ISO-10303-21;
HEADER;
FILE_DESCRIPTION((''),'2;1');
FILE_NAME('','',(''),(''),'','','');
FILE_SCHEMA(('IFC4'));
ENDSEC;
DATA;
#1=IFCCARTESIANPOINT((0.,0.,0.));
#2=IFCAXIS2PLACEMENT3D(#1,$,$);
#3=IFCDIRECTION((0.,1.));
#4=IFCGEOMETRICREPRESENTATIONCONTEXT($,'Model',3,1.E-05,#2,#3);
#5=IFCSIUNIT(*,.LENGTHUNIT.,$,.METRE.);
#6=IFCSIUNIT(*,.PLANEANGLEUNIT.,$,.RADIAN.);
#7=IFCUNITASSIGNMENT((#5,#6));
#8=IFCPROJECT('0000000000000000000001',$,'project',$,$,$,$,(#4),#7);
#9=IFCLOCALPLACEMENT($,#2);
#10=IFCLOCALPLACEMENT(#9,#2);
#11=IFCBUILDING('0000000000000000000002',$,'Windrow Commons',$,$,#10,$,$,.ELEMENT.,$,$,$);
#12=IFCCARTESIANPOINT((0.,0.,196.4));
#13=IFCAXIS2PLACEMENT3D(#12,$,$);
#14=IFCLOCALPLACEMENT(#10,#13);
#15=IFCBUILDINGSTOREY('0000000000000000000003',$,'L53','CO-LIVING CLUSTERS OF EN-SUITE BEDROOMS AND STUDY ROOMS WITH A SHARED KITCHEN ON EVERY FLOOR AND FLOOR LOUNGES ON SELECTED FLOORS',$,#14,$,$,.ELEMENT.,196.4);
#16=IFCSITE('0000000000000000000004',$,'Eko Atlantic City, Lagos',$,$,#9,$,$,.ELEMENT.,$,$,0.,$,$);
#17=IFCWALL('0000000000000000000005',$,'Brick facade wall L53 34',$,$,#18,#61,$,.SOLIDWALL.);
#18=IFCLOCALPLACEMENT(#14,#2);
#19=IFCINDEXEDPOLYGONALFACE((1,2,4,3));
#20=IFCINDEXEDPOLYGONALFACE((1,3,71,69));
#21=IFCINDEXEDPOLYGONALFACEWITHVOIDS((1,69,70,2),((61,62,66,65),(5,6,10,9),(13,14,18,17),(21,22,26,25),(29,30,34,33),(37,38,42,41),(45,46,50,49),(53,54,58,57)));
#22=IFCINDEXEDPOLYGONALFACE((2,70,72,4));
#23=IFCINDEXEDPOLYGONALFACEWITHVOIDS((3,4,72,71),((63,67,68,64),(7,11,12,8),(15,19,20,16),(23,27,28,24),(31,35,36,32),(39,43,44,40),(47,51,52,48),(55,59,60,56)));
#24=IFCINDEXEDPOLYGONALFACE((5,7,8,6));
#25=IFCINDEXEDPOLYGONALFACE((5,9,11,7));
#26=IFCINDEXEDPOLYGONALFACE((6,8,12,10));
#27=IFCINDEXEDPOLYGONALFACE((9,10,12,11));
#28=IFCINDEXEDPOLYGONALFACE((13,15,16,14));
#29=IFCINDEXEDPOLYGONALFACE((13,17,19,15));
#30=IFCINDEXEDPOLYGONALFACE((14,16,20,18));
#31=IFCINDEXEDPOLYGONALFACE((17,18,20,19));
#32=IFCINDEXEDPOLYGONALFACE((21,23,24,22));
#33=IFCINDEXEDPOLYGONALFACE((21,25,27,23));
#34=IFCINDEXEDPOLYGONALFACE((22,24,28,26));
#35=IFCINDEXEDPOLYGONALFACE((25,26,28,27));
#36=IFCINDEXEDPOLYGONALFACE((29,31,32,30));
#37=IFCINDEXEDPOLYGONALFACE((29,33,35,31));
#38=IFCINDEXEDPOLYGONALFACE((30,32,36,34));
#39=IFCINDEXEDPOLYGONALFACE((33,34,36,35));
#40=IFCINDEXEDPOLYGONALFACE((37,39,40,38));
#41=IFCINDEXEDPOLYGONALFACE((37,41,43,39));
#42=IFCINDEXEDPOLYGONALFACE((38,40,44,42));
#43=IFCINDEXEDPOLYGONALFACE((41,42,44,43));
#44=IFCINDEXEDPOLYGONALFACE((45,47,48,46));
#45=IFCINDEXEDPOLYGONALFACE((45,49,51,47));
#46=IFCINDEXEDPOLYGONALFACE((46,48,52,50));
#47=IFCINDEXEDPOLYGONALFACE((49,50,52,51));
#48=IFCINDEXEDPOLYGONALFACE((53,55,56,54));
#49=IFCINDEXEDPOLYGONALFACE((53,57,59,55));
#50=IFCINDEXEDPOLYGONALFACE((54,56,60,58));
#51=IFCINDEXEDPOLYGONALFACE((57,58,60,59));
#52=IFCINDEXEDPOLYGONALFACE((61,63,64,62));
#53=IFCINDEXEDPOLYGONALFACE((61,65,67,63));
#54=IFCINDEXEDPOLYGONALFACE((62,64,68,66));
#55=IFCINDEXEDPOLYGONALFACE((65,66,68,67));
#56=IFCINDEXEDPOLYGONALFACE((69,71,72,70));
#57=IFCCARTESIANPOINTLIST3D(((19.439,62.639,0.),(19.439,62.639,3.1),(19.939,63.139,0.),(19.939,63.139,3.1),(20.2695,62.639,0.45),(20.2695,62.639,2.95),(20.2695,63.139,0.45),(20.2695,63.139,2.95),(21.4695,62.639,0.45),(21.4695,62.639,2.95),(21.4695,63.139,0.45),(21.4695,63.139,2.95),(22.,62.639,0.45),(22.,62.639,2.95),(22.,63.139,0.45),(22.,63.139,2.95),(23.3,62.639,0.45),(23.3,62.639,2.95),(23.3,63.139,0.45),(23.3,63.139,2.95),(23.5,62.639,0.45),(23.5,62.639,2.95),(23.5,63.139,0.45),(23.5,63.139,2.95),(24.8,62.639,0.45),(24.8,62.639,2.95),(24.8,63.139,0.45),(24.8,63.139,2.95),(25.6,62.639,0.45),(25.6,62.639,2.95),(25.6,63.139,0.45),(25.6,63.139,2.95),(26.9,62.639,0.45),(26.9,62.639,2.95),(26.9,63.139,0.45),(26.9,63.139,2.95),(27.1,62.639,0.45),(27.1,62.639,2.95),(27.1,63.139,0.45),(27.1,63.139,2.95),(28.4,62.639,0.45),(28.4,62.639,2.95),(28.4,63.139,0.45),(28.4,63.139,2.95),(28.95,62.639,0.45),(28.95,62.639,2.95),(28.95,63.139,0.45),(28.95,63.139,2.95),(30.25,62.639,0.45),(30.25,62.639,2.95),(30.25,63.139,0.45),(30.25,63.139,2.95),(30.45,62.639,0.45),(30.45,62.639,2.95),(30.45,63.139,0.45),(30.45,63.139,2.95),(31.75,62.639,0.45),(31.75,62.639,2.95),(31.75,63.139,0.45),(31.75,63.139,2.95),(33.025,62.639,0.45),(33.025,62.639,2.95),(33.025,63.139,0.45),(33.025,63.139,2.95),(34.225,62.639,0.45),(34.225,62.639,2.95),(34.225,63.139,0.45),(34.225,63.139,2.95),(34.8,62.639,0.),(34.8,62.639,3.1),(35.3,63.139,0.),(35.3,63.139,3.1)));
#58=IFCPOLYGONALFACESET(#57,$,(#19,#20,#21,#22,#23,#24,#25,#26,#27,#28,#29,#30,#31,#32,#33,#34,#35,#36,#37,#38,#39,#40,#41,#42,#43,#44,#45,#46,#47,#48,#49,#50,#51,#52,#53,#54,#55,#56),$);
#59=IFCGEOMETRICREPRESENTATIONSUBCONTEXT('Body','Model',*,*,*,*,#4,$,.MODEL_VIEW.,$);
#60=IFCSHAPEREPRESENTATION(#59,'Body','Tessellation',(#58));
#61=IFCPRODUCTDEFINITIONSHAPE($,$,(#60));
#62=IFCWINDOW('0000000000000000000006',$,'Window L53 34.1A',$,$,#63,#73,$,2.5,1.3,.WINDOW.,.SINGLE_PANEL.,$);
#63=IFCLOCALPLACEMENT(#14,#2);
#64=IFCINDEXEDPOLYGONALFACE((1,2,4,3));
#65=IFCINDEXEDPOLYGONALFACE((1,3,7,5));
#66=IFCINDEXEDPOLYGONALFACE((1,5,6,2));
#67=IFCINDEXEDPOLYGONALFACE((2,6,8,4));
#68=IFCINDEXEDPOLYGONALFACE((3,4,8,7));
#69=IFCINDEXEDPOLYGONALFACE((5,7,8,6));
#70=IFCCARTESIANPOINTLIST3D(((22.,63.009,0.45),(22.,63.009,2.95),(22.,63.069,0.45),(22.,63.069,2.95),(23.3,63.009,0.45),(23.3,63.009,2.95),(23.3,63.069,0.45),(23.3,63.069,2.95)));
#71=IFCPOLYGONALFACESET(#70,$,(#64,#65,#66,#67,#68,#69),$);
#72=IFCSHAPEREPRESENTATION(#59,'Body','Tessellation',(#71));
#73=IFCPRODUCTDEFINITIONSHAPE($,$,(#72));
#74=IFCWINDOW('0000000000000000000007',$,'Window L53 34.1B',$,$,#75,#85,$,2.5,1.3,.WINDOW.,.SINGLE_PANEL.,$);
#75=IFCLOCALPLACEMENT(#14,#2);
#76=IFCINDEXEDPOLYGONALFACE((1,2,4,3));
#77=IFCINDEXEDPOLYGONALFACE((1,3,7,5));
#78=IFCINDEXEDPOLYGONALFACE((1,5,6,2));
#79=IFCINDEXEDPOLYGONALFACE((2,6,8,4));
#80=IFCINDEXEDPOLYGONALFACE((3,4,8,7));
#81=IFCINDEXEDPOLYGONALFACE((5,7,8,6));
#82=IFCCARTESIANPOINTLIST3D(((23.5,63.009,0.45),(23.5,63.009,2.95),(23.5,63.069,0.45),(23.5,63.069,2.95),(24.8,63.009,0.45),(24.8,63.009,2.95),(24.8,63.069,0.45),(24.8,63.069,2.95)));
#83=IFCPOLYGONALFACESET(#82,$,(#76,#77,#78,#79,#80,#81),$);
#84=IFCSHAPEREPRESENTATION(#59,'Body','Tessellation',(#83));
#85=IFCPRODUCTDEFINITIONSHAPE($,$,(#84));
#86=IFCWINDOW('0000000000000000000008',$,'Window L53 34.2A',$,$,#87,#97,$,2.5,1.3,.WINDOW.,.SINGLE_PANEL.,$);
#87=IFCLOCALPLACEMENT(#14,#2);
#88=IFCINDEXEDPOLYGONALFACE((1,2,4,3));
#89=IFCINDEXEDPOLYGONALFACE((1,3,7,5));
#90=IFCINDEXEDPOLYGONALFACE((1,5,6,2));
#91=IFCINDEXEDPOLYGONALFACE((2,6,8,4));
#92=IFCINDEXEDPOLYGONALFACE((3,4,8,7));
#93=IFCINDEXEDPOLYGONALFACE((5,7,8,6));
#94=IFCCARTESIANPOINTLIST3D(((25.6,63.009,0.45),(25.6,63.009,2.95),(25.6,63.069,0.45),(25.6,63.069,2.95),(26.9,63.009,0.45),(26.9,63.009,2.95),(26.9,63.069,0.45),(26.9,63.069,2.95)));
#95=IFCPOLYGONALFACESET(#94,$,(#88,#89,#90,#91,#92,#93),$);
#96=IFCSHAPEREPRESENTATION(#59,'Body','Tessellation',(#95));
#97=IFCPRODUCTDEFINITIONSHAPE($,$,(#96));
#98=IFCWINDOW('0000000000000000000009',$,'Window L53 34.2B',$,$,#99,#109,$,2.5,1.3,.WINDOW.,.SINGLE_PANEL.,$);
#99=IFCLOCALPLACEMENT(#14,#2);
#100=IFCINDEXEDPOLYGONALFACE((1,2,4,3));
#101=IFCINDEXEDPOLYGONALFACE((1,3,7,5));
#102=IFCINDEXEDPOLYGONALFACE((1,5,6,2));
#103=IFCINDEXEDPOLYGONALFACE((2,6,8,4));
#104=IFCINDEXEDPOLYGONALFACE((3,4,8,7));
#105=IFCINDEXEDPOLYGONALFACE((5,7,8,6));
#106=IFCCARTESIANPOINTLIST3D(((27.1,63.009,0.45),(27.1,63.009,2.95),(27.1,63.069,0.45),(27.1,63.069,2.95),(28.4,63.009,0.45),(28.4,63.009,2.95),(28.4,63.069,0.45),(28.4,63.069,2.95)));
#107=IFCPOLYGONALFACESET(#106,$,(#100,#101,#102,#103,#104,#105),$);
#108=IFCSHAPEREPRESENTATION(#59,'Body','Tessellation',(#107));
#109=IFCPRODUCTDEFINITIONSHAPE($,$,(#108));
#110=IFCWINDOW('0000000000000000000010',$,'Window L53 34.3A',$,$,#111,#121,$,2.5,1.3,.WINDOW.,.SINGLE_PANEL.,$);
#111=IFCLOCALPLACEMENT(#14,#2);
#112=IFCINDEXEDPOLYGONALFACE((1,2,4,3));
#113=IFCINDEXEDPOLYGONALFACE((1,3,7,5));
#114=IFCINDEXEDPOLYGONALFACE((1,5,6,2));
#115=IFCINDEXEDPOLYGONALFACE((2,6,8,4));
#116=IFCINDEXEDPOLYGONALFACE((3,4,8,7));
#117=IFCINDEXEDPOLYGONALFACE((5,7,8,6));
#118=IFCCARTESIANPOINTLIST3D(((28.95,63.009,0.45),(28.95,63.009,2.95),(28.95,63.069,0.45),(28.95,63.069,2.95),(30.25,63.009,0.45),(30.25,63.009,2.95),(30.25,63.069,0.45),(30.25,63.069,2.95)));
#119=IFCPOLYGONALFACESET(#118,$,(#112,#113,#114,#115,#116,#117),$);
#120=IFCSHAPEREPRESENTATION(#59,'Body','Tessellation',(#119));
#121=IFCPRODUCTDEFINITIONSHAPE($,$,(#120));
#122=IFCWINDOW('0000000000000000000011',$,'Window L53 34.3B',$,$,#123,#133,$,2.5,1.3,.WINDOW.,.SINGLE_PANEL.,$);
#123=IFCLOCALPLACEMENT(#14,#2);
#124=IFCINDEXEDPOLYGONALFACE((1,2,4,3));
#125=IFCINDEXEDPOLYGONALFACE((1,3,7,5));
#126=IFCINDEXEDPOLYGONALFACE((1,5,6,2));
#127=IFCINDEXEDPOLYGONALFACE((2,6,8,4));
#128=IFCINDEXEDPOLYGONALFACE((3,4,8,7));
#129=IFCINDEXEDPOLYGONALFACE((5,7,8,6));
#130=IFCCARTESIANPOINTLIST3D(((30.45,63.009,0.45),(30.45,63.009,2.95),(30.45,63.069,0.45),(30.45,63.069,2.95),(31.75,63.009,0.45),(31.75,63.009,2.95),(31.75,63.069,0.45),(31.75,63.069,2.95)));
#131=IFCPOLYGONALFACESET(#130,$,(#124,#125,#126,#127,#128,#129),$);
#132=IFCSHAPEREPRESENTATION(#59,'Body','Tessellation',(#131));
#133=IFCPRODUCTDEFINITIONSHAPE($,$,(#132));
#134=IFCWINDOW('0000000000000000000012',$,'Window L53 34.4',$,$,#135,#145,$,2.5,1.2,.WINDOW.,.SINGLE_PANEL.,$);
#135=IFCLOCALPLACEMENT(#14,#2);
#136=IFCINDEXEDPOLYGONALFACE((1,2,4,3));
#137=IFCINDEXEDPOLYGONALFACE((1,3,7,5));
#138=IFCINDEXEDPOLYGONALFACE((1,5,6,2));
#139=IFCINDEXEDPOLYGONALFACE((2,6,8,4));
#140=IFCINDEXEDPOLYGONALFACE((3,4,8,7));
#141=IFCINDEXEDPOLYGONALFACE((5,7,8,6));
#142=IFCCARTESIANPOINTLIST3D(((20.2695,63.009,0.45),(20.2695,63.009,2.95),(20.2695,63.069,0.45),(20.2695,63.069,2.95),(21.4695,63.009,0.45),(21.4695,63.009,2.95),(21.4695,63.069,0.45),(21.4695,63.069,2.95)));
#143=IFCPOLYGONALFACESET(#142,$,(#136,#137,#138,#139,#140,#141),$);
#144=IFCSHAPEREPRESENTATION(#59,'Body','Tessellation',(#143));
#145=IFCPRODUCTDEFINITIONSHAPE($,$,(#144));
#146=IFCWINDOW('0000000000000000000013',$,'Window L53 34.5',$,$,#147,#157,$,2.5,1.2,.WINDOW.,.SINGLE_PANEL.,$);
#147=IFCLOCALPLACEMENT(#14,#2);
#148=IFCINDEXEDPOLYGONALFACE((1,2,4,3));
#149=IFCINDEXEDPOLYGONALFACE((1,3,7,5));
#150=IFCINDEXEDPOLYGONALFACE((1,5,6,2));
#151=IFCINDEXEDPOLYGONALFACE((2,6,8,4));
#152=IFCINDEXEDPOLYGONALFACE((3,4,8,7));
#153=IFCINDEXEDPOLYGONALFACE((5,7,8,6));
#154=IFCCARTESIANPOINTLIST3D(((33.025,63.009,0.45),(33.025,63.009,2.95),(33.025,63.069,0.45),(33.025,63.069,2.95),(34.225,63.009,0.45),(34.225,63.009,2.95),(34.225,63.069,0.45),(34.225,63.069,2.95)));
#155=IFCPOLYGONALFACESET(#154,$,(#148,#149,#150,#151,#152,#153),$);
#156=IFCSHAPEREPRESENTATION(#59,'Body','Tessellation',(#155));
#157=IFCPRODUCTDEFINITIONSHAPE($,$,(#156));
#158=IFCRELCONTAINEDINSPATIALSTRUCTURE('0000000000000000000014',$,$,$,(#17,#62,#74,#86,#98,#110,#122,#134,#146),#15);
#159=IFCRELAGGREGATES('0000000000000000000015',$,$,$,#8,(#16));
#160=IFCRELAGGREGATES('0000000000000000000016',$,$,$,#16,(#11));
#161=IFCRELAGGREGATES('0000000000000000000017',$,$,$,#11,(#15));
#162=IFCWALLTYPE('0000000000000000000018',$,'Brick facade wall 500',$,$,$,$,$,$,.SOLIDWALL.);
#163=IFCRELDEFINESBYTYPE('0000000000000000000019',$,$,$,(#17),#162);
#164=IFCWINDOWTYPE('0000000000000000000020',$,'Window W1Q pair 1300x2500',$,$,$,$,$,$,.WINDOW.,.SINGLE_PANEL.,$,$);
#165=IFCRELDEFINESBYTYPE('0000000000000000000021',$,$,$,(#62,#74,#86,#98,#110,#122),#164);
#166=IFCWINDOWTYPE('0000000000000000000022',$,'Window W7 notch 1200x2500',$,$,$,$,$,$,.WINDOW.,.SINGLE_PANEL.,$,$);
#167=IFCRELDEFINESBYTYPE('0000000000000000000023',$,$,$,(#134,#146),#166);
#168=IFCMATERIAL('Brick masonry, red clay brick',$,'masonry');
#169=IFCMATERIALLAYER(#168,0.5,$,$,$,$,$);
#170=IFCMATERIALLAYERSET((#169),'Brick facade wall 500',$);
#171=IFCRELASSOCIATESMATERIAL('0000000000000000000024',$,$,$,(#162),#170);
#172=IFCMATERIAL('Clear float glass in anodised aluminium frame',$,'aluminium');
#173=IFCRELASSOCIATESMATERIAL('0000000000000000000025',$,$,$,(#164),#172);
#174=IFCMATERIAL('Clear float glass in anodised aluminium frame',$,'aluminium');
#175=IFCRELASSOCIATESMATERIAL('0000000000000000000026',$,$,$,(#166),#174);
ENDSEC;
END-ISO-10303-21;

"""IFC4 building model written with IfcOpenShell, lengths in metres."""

from ifc_helpers import new_model, si_unit, direction, frame, frame_2d, origin, place, context, subcontext, project, spatial, polyline, rectangle, outline, extrude, material, layer, layer_set, type_object, element, fill, save


model = new_model("IFC4")

# Units and contexts
model_context = context("Model", 3, precision=1e-05, world=origin(), true_north=direction((0.0, 1.0)))
body_context = subcontext(model_context, "Body", "Model", "MODEL_VIEW")
ifc_project = project(units=[si_unit("LENGTHUNIT", "METRE"), si_unit("PLANEANGLEUNIT", "RADIAN")], contexts=[model_context])

# Site, building, storey
site_placement = place(None, origin())
site = spatial("IfcSite", under=ifc_project, at=site_placement, Name="Eko Atlantic City, Lagos", CompositionType="ELEMENT", RefElevation=0.0)
building_placement = place(site_placement, origin())
building = spatial("IfcBuilding", under=site, at=building_placement, Name="Windrow Commons", CompositionType="ELEMENT")
storey_placement = place(building_placement, frame((0.0, 0.0, 196.4)))
storey = spatial("IfcBuildingStorey", under=building, at=storey_placement, Name="L53", Description="CO-LIVING CLUSTERS OF EN-SUITE BEDROOMS AND STUDY ROOMS WITH A SHARED KITCHEN ON EVERY FLOOR AND FLOOR LOUNGES ON SELECTED FLOORS", CompositionType="ELEMENT", Elevation=196.4)

# Wall, openings, windows
ifc_material_1 = material(Name="Brick masonry, red clay brick", Category="masonry")
ifc_layer_1 = layer(ifc_material_1, 0.5)
ifc_layer_set_1 = layer_set([ifc_layer_1], Name="Brick facade wall 500")
wall_type_1 = type_object("IfcWallType", Name="Brick facade wall 500", PredefinedType="SOLIDWALL", material=ifc_layer_set_1)
wall_1_placement = place(storey_placement, frame((19.689, 62.889, 0.0), z_axis=(0.0, 0.0, 1.0), x_axis=(1.0, 0.0, 0.0)))
wall_1 = element("IfcWall", 1, at=wall_1_placement, inside=storey, type_object=wall_type_1, Name="Brick facade wall L53 34", PredefinedType="SOLIDWALL", context=body_context, shape_type="SweptSolid", body=[
    extrude(outline(polyline([(-0.25, -0.25), (15.111, -0.25), (15.611, 0.25), (0.25, 0.25), (-0.25, -0.25)])), origin(), (0.0, 0.0, 1.0), 3.1),
])
opening_1_placement = place(wall_1_placement, frame((2.311, 0.0, 0.45)))
opening_1 = element("IfcOpeningElement", 2, at=opening_1_placement, cuts=wall_1, PredefinedType="OPENING", context=body_context, shape_type="SweptSolid", body=[
    extrude(rectangle(XDim=1.3, YDim=2.5, at=frame_2d((0.65, 1.25))), frame((0.0, 0.26, 0.0), z_axis=(0.0, -1.0, 0.0), x_axis=(1.0, 0.0, 0.0)), (0.0, 0.0, 1.0), 0.52),
])
opening_2_placement = place(wall_1_placement, frame((3.811, 0.0, 0.45)))
opening_2 = element("IfcOpeningElement", 3, at=opening_2_placement, cuts=wall_1, PredefinedType="OPENING", context=body_context, shape_type="SweptSolid", body=[
    extrude(rectangle(XDim=1.3, YDim=2.5, at=frame_2d((0.65, 1.25))), frame((0.0, 0.26, 0.0), z_axis=(0.0, -1.0, 0.0), x_axis=(1.0, 0.0, 0.0)), (0.0, 0.0, 1.0), 0.52),
])
opening_3_placement = place(wall_1_placement, frame((5.911, 0.0, 0.45)))
opening_3 = element("IfcOpeningElement", 4, at=opening_3_placement, cuts=wall_1, PredefinedType="OPENING", context=body_context, shape_type="SweptSolid", body=[
    extrude(rectangle(XDim=1.3, YDim=2.5, at=frame_2d((0.65, 1.25))), frame((0.0, 0.26, 0.0), z_axis=(0.0, -1.0, 0.0), x_axis=(1.0, 0.0, 0.0)), (0.0, 0.0, 1.0), 0.52),
])
opening_4_placement = place(wall_1_placement, frame((7.411, 0.0, 0.45)))
opening_4 = element("IfcOpeningElement", 5, at=opening_4_placement, cuts=wall_1, PredefinedType="OPENING", context=body_context, shape_type="SweptSolid", body=[
    extrude(rectangle(XDim=1.3, YDim=2.5, at=frame_2d((0.65, 1.25))), frame((0.0, 0.26, 0.0), z_axis=(0.0, -1.0, 0.0), x_axis=(1.0, 0.0, 0.0)), (0.0, 0.0, 1.0), 0.52),
])
opening_5_placement = place(wall_1_placement, frame((9.261, 0.0, 0.45)))
opening_5 = element("IfcOpeningElement", 6, at=opening_5_placement, cuts=wall_1, PredefinedType="OPENING", context=body_context, shape_type="SweptSolid", body=[
    extrude(rectangle(XDim=1.3, YDim=2.5, at=frame_2d((0.65, 1.25))), frame((0.0, 0.26, 0.0), z_axis=(0.0, -1.0, 0.0), x_axis=(1.0, 0.0, 0.0)), (0.0, 0.0, 1.0), 0.52),
])
opening_6_placement = place(wall_1_placement, frame((10.761, 0.0, 0.45)))
opening_6 = element("IfcOpeningElement", 7, at=opening_6_placement, cuts=wall_1, PredefinedType="OPENING", context=body_context, shape_type="SweptSolid", body=[
    extrude(rectangle(XDim=1.3, YDim=2.5, at=frame_2d((0.65, 1.25))), frame((0.0, 0.26, 0.0), z_axis=(0.0, -1.0, 0.0), x_axis=(1.0, 0.0, 0.0)), (0.0, 0.0, 1.0), 0.52),
])
opening_7_placement = place(wall_1_placement, frame((0.5805, 0.0, 0.45)))
opening_7 = element("IfcOpeningElement", 8, at=opening_7_placement, cuts=wall_1, PredefinedType="OPENING", context=body_context, shape_type="SweptSolid", body=[
    extrude(rectangle(XDim=1.2, YDim=2.5, at=frame_2d((0.6, 1.25))), frame((0.0, 0.26, 0.0), z_axis=(0.0, -1.0, 0.0), x_axis=(1.0, 0.0, 0.0)), (0.0, 0.0, 1.0), 0.52),
])
opening_8_placement = place(wall_1_placement, frame((13.336, 0.0, 0.45)))
opening_8 = element("IfcOpeningElement", 9, at=opening_8_placement, cuts=wall_1, PredefinedType="OPENING", context=body_context, shape_type="SweptSolid", body=[
    extrude(rectangle(XDim=1.2, YDim=2.5, at=frame_2d((0.6, 1.25))), frame((0.0, 0.26, 0.0), z_axis=(0.0, -1.0, 0.0), x_axis=(1.0, 0.0, 0.0)), (0.0, 0.0, 1.0), 0.52),
])
ifc_material_2 = material(Name="Clear float glass in anodised aluminium frame", Category="aluminium")
window_type_1 = type_object("IfcWindowType", Name="Window W1Q pair 1300x2500", PartitioningType="SINGLE_PANEL", PredefinedType="WINDOW", material=ifc_material_2)
window_1_placement = place(opening_1_placement, origin())
window_1 = element("IfcWindow", 10, at=window_1_placement, inside=storey, type_object=window_type_1, Name="Window L53 34.1A", OverallHeight=2.5, OverallWidth=1.3, PartitioningType="SINGLE_PANEL", PredefinedType="WINDOW", context=body_context, shape_type="SweptSolid", body=[
    extrude(rectangle(XDim=1.3, YDim=2.5, at=frame_2d((0.65, 1.25))), frame((0.0, 0.18, 0.0), z_axis=(0.0, -1.0, 0.0), x_axis=(1.0, 0.0, 0.0)), (0.0, 0.0, 1.0), 0.06),
])
fill(opening_1, window_1)
window_2_placement = place(opening_2_placement, origin())
window_2 = element("IfcWindow", 11, at=window_2_placement, inside=storey, type_object=window_type_1, Name="Window L53 34.1B", OverallHeight=2.5, OverallWidth=1.3, PartitioningType="SINGLE_PANEL", PredefinedType="WINDOW", context=body_context, shape_type="SweptSolid", body=[
    extrude(rectangle(XDim=1.3, YDim=2.5, at=frame_2d((0.65, 1.25))), frame((0.0, 0.18, 0.0), z_axis=(0.0, -1.0, 0.0), x_axis=(1.0, 0.0, 0.0)), (0.0, 0.0, 1.0), 0.06),
])
fill(opening_2, window_2)
window_3_placement = place(opening_3_placement, origin())
window_3 = element("IfcWindow", 12, at=window_3_placement, inside=storey, type_object=window_type_1, Name="Window L53 34.2A", OverallHeight=2.5, OverallWidth=1.3, PartitioningType="SINGLE_PANEL", PredefinedType="WINDOW", context=body_context, shape_type="SweptSolid", body=[
    extrude(rectangle(XDim=1.3, YDim=2.5, at=frame_2d((0.65, 1.25))), frame((0.0, 0.18, 0.0), z_axis=(0.0, -1.0, 0.0), x_axis=(1.0, 0.0, 0.0)), (0.0, 0.0, 1.0), 0.06),
])
fill(opening_3, window_3)
window_4_placement = place(opening_4_placement, origin())
window_4 = element("IfcWindow", 13, at=window_4_placement, inside=storey, type_object=window_type_1, Name="Window L53 34.2B", OverallHeight=2.5, OverallWidth=1.3, PartitioningType="SINGLE_PANEL", PredefinedType="WINDOW", context=body_context, shape_type="SweptSolid", body=[
    extrude(rectangle(XDim=1.3, YDim=2.5, at=frame_2d((0.65, 1.25))), frame((0.0, 0.18, 0.0), z_axis=(0.0, -1.0, 0.0), x_axis=(1.0, 0.0, 0.0)), (0.0, 0.0, 1.0), 0.06),
])
fill(opening_4, window_4)
window_5_placement = place(opening_5_placement, origin())
window_5 = element("IfcWindow", 14, at=window_5_placement, inside=storey, type_object=window_type_1, Name="Window L53 34.3A", OverallHeight=2.5, OverallWidth=1.3, PartitioningType="SINGLE_PANEL", PredefinedType="WINDOW", context=body_context, shape_type="SweptSolid", body=[
    extrude(rectangle(XDim=1.3, YDim=2.5, at=frame_2d((0.65, 1.25))), frame((0.0, 0.18, 0.0), z_axis=(0.0, -1.0, 0.0), x_axis=(1.0, 0.0, 0.0)), (0.0, 0.0, 1.0), 0.06),
])
fill(opening_5, window_5)
window_6_placement = place(opening_6_placement, origin())
window_6 = element("IfcWindow", 15, at=window_6_placement, inside=storey, type_object=window_type_1, Name="Window L53 34.3B", OverallHeight=2.5, OverallWidth=1.3, PartitioningType="SINGLE_PANEL", PredefinedType="WINDOW", context=body_context, shape_type="SweptSolid", body=[
    extrude(rectangle(XDim=1.3, YDim=2.5, at=frame_2d((0.65, 1.25))), frame((0.0, 0.18, 0.0), z_axis=(0.0, -1.0, 0.0), x_axis=(1.0, 0.0, 0.0)), (0.0, 0.0, 1.0), 0.06),
])
fill(opening_6, window_6)
ifc_material_3 = material(Name="Clear float glass in anodised aluminium frame", Category="aluminium")
window_type_2 = type_object("IfcWindowType", Name="Window W7 notch 1200x2500", PartitioningType="SINGLE_PANEL", PredefinedType="WINDOW", material=ifc_material_3)
window_7_placement = place(opening_7_placement, origin())
window_7 = element("IfcWindow", 16, at=window_7_placement, inside=storey, type_object=window_type_2, Name="Window L53 34.4", OverallHeight=2.5, OverallWidth=1.2, PartitioningType="SINGLE_PANEL", PredefinedType="WINDOW", context=body_context, shape_type="SweptSolid", body=[
    extrude(rectangle(XDim=1.2, YDim=2.5, at=frame_2d((0.6, 1.25))), frame((0.0, 0.18, 0.0), z_axis=(0.0, -1.0, 0.0), x_axis=(1.0, 0.0, 0.0)), (0.0, 0.0, 1.0), 0.06),
])
fill(opening_7, window_7)
window_8_placement = place(opening_8_placement, origin())
window_8 = element("IfcWindow", 17, at=window_8_placement, inside=storey, type_object=window_type_2, Name="Window L53 34.5", OverallHeight=2.5, OverallWidth=1.2, PartitioningType="SINGLE_PANEL", PredefinedType="WINDOW", context=body_context, shape_type="SweptSolid", body=[
    extrude(rectangle(XDim=1.2, YDim=2.5, at=frame_2d((0.6, 1.25))), frame((0.0, 0.18, 0.0), z_axis=(0.0, -1.0, 0.0), x_axis=(1.0, 0.0, 0.0)), (0.0, 0.0, 1.0), 0.06),
])
fill(opening_8, window_8)

save(model, "model.ifc")
